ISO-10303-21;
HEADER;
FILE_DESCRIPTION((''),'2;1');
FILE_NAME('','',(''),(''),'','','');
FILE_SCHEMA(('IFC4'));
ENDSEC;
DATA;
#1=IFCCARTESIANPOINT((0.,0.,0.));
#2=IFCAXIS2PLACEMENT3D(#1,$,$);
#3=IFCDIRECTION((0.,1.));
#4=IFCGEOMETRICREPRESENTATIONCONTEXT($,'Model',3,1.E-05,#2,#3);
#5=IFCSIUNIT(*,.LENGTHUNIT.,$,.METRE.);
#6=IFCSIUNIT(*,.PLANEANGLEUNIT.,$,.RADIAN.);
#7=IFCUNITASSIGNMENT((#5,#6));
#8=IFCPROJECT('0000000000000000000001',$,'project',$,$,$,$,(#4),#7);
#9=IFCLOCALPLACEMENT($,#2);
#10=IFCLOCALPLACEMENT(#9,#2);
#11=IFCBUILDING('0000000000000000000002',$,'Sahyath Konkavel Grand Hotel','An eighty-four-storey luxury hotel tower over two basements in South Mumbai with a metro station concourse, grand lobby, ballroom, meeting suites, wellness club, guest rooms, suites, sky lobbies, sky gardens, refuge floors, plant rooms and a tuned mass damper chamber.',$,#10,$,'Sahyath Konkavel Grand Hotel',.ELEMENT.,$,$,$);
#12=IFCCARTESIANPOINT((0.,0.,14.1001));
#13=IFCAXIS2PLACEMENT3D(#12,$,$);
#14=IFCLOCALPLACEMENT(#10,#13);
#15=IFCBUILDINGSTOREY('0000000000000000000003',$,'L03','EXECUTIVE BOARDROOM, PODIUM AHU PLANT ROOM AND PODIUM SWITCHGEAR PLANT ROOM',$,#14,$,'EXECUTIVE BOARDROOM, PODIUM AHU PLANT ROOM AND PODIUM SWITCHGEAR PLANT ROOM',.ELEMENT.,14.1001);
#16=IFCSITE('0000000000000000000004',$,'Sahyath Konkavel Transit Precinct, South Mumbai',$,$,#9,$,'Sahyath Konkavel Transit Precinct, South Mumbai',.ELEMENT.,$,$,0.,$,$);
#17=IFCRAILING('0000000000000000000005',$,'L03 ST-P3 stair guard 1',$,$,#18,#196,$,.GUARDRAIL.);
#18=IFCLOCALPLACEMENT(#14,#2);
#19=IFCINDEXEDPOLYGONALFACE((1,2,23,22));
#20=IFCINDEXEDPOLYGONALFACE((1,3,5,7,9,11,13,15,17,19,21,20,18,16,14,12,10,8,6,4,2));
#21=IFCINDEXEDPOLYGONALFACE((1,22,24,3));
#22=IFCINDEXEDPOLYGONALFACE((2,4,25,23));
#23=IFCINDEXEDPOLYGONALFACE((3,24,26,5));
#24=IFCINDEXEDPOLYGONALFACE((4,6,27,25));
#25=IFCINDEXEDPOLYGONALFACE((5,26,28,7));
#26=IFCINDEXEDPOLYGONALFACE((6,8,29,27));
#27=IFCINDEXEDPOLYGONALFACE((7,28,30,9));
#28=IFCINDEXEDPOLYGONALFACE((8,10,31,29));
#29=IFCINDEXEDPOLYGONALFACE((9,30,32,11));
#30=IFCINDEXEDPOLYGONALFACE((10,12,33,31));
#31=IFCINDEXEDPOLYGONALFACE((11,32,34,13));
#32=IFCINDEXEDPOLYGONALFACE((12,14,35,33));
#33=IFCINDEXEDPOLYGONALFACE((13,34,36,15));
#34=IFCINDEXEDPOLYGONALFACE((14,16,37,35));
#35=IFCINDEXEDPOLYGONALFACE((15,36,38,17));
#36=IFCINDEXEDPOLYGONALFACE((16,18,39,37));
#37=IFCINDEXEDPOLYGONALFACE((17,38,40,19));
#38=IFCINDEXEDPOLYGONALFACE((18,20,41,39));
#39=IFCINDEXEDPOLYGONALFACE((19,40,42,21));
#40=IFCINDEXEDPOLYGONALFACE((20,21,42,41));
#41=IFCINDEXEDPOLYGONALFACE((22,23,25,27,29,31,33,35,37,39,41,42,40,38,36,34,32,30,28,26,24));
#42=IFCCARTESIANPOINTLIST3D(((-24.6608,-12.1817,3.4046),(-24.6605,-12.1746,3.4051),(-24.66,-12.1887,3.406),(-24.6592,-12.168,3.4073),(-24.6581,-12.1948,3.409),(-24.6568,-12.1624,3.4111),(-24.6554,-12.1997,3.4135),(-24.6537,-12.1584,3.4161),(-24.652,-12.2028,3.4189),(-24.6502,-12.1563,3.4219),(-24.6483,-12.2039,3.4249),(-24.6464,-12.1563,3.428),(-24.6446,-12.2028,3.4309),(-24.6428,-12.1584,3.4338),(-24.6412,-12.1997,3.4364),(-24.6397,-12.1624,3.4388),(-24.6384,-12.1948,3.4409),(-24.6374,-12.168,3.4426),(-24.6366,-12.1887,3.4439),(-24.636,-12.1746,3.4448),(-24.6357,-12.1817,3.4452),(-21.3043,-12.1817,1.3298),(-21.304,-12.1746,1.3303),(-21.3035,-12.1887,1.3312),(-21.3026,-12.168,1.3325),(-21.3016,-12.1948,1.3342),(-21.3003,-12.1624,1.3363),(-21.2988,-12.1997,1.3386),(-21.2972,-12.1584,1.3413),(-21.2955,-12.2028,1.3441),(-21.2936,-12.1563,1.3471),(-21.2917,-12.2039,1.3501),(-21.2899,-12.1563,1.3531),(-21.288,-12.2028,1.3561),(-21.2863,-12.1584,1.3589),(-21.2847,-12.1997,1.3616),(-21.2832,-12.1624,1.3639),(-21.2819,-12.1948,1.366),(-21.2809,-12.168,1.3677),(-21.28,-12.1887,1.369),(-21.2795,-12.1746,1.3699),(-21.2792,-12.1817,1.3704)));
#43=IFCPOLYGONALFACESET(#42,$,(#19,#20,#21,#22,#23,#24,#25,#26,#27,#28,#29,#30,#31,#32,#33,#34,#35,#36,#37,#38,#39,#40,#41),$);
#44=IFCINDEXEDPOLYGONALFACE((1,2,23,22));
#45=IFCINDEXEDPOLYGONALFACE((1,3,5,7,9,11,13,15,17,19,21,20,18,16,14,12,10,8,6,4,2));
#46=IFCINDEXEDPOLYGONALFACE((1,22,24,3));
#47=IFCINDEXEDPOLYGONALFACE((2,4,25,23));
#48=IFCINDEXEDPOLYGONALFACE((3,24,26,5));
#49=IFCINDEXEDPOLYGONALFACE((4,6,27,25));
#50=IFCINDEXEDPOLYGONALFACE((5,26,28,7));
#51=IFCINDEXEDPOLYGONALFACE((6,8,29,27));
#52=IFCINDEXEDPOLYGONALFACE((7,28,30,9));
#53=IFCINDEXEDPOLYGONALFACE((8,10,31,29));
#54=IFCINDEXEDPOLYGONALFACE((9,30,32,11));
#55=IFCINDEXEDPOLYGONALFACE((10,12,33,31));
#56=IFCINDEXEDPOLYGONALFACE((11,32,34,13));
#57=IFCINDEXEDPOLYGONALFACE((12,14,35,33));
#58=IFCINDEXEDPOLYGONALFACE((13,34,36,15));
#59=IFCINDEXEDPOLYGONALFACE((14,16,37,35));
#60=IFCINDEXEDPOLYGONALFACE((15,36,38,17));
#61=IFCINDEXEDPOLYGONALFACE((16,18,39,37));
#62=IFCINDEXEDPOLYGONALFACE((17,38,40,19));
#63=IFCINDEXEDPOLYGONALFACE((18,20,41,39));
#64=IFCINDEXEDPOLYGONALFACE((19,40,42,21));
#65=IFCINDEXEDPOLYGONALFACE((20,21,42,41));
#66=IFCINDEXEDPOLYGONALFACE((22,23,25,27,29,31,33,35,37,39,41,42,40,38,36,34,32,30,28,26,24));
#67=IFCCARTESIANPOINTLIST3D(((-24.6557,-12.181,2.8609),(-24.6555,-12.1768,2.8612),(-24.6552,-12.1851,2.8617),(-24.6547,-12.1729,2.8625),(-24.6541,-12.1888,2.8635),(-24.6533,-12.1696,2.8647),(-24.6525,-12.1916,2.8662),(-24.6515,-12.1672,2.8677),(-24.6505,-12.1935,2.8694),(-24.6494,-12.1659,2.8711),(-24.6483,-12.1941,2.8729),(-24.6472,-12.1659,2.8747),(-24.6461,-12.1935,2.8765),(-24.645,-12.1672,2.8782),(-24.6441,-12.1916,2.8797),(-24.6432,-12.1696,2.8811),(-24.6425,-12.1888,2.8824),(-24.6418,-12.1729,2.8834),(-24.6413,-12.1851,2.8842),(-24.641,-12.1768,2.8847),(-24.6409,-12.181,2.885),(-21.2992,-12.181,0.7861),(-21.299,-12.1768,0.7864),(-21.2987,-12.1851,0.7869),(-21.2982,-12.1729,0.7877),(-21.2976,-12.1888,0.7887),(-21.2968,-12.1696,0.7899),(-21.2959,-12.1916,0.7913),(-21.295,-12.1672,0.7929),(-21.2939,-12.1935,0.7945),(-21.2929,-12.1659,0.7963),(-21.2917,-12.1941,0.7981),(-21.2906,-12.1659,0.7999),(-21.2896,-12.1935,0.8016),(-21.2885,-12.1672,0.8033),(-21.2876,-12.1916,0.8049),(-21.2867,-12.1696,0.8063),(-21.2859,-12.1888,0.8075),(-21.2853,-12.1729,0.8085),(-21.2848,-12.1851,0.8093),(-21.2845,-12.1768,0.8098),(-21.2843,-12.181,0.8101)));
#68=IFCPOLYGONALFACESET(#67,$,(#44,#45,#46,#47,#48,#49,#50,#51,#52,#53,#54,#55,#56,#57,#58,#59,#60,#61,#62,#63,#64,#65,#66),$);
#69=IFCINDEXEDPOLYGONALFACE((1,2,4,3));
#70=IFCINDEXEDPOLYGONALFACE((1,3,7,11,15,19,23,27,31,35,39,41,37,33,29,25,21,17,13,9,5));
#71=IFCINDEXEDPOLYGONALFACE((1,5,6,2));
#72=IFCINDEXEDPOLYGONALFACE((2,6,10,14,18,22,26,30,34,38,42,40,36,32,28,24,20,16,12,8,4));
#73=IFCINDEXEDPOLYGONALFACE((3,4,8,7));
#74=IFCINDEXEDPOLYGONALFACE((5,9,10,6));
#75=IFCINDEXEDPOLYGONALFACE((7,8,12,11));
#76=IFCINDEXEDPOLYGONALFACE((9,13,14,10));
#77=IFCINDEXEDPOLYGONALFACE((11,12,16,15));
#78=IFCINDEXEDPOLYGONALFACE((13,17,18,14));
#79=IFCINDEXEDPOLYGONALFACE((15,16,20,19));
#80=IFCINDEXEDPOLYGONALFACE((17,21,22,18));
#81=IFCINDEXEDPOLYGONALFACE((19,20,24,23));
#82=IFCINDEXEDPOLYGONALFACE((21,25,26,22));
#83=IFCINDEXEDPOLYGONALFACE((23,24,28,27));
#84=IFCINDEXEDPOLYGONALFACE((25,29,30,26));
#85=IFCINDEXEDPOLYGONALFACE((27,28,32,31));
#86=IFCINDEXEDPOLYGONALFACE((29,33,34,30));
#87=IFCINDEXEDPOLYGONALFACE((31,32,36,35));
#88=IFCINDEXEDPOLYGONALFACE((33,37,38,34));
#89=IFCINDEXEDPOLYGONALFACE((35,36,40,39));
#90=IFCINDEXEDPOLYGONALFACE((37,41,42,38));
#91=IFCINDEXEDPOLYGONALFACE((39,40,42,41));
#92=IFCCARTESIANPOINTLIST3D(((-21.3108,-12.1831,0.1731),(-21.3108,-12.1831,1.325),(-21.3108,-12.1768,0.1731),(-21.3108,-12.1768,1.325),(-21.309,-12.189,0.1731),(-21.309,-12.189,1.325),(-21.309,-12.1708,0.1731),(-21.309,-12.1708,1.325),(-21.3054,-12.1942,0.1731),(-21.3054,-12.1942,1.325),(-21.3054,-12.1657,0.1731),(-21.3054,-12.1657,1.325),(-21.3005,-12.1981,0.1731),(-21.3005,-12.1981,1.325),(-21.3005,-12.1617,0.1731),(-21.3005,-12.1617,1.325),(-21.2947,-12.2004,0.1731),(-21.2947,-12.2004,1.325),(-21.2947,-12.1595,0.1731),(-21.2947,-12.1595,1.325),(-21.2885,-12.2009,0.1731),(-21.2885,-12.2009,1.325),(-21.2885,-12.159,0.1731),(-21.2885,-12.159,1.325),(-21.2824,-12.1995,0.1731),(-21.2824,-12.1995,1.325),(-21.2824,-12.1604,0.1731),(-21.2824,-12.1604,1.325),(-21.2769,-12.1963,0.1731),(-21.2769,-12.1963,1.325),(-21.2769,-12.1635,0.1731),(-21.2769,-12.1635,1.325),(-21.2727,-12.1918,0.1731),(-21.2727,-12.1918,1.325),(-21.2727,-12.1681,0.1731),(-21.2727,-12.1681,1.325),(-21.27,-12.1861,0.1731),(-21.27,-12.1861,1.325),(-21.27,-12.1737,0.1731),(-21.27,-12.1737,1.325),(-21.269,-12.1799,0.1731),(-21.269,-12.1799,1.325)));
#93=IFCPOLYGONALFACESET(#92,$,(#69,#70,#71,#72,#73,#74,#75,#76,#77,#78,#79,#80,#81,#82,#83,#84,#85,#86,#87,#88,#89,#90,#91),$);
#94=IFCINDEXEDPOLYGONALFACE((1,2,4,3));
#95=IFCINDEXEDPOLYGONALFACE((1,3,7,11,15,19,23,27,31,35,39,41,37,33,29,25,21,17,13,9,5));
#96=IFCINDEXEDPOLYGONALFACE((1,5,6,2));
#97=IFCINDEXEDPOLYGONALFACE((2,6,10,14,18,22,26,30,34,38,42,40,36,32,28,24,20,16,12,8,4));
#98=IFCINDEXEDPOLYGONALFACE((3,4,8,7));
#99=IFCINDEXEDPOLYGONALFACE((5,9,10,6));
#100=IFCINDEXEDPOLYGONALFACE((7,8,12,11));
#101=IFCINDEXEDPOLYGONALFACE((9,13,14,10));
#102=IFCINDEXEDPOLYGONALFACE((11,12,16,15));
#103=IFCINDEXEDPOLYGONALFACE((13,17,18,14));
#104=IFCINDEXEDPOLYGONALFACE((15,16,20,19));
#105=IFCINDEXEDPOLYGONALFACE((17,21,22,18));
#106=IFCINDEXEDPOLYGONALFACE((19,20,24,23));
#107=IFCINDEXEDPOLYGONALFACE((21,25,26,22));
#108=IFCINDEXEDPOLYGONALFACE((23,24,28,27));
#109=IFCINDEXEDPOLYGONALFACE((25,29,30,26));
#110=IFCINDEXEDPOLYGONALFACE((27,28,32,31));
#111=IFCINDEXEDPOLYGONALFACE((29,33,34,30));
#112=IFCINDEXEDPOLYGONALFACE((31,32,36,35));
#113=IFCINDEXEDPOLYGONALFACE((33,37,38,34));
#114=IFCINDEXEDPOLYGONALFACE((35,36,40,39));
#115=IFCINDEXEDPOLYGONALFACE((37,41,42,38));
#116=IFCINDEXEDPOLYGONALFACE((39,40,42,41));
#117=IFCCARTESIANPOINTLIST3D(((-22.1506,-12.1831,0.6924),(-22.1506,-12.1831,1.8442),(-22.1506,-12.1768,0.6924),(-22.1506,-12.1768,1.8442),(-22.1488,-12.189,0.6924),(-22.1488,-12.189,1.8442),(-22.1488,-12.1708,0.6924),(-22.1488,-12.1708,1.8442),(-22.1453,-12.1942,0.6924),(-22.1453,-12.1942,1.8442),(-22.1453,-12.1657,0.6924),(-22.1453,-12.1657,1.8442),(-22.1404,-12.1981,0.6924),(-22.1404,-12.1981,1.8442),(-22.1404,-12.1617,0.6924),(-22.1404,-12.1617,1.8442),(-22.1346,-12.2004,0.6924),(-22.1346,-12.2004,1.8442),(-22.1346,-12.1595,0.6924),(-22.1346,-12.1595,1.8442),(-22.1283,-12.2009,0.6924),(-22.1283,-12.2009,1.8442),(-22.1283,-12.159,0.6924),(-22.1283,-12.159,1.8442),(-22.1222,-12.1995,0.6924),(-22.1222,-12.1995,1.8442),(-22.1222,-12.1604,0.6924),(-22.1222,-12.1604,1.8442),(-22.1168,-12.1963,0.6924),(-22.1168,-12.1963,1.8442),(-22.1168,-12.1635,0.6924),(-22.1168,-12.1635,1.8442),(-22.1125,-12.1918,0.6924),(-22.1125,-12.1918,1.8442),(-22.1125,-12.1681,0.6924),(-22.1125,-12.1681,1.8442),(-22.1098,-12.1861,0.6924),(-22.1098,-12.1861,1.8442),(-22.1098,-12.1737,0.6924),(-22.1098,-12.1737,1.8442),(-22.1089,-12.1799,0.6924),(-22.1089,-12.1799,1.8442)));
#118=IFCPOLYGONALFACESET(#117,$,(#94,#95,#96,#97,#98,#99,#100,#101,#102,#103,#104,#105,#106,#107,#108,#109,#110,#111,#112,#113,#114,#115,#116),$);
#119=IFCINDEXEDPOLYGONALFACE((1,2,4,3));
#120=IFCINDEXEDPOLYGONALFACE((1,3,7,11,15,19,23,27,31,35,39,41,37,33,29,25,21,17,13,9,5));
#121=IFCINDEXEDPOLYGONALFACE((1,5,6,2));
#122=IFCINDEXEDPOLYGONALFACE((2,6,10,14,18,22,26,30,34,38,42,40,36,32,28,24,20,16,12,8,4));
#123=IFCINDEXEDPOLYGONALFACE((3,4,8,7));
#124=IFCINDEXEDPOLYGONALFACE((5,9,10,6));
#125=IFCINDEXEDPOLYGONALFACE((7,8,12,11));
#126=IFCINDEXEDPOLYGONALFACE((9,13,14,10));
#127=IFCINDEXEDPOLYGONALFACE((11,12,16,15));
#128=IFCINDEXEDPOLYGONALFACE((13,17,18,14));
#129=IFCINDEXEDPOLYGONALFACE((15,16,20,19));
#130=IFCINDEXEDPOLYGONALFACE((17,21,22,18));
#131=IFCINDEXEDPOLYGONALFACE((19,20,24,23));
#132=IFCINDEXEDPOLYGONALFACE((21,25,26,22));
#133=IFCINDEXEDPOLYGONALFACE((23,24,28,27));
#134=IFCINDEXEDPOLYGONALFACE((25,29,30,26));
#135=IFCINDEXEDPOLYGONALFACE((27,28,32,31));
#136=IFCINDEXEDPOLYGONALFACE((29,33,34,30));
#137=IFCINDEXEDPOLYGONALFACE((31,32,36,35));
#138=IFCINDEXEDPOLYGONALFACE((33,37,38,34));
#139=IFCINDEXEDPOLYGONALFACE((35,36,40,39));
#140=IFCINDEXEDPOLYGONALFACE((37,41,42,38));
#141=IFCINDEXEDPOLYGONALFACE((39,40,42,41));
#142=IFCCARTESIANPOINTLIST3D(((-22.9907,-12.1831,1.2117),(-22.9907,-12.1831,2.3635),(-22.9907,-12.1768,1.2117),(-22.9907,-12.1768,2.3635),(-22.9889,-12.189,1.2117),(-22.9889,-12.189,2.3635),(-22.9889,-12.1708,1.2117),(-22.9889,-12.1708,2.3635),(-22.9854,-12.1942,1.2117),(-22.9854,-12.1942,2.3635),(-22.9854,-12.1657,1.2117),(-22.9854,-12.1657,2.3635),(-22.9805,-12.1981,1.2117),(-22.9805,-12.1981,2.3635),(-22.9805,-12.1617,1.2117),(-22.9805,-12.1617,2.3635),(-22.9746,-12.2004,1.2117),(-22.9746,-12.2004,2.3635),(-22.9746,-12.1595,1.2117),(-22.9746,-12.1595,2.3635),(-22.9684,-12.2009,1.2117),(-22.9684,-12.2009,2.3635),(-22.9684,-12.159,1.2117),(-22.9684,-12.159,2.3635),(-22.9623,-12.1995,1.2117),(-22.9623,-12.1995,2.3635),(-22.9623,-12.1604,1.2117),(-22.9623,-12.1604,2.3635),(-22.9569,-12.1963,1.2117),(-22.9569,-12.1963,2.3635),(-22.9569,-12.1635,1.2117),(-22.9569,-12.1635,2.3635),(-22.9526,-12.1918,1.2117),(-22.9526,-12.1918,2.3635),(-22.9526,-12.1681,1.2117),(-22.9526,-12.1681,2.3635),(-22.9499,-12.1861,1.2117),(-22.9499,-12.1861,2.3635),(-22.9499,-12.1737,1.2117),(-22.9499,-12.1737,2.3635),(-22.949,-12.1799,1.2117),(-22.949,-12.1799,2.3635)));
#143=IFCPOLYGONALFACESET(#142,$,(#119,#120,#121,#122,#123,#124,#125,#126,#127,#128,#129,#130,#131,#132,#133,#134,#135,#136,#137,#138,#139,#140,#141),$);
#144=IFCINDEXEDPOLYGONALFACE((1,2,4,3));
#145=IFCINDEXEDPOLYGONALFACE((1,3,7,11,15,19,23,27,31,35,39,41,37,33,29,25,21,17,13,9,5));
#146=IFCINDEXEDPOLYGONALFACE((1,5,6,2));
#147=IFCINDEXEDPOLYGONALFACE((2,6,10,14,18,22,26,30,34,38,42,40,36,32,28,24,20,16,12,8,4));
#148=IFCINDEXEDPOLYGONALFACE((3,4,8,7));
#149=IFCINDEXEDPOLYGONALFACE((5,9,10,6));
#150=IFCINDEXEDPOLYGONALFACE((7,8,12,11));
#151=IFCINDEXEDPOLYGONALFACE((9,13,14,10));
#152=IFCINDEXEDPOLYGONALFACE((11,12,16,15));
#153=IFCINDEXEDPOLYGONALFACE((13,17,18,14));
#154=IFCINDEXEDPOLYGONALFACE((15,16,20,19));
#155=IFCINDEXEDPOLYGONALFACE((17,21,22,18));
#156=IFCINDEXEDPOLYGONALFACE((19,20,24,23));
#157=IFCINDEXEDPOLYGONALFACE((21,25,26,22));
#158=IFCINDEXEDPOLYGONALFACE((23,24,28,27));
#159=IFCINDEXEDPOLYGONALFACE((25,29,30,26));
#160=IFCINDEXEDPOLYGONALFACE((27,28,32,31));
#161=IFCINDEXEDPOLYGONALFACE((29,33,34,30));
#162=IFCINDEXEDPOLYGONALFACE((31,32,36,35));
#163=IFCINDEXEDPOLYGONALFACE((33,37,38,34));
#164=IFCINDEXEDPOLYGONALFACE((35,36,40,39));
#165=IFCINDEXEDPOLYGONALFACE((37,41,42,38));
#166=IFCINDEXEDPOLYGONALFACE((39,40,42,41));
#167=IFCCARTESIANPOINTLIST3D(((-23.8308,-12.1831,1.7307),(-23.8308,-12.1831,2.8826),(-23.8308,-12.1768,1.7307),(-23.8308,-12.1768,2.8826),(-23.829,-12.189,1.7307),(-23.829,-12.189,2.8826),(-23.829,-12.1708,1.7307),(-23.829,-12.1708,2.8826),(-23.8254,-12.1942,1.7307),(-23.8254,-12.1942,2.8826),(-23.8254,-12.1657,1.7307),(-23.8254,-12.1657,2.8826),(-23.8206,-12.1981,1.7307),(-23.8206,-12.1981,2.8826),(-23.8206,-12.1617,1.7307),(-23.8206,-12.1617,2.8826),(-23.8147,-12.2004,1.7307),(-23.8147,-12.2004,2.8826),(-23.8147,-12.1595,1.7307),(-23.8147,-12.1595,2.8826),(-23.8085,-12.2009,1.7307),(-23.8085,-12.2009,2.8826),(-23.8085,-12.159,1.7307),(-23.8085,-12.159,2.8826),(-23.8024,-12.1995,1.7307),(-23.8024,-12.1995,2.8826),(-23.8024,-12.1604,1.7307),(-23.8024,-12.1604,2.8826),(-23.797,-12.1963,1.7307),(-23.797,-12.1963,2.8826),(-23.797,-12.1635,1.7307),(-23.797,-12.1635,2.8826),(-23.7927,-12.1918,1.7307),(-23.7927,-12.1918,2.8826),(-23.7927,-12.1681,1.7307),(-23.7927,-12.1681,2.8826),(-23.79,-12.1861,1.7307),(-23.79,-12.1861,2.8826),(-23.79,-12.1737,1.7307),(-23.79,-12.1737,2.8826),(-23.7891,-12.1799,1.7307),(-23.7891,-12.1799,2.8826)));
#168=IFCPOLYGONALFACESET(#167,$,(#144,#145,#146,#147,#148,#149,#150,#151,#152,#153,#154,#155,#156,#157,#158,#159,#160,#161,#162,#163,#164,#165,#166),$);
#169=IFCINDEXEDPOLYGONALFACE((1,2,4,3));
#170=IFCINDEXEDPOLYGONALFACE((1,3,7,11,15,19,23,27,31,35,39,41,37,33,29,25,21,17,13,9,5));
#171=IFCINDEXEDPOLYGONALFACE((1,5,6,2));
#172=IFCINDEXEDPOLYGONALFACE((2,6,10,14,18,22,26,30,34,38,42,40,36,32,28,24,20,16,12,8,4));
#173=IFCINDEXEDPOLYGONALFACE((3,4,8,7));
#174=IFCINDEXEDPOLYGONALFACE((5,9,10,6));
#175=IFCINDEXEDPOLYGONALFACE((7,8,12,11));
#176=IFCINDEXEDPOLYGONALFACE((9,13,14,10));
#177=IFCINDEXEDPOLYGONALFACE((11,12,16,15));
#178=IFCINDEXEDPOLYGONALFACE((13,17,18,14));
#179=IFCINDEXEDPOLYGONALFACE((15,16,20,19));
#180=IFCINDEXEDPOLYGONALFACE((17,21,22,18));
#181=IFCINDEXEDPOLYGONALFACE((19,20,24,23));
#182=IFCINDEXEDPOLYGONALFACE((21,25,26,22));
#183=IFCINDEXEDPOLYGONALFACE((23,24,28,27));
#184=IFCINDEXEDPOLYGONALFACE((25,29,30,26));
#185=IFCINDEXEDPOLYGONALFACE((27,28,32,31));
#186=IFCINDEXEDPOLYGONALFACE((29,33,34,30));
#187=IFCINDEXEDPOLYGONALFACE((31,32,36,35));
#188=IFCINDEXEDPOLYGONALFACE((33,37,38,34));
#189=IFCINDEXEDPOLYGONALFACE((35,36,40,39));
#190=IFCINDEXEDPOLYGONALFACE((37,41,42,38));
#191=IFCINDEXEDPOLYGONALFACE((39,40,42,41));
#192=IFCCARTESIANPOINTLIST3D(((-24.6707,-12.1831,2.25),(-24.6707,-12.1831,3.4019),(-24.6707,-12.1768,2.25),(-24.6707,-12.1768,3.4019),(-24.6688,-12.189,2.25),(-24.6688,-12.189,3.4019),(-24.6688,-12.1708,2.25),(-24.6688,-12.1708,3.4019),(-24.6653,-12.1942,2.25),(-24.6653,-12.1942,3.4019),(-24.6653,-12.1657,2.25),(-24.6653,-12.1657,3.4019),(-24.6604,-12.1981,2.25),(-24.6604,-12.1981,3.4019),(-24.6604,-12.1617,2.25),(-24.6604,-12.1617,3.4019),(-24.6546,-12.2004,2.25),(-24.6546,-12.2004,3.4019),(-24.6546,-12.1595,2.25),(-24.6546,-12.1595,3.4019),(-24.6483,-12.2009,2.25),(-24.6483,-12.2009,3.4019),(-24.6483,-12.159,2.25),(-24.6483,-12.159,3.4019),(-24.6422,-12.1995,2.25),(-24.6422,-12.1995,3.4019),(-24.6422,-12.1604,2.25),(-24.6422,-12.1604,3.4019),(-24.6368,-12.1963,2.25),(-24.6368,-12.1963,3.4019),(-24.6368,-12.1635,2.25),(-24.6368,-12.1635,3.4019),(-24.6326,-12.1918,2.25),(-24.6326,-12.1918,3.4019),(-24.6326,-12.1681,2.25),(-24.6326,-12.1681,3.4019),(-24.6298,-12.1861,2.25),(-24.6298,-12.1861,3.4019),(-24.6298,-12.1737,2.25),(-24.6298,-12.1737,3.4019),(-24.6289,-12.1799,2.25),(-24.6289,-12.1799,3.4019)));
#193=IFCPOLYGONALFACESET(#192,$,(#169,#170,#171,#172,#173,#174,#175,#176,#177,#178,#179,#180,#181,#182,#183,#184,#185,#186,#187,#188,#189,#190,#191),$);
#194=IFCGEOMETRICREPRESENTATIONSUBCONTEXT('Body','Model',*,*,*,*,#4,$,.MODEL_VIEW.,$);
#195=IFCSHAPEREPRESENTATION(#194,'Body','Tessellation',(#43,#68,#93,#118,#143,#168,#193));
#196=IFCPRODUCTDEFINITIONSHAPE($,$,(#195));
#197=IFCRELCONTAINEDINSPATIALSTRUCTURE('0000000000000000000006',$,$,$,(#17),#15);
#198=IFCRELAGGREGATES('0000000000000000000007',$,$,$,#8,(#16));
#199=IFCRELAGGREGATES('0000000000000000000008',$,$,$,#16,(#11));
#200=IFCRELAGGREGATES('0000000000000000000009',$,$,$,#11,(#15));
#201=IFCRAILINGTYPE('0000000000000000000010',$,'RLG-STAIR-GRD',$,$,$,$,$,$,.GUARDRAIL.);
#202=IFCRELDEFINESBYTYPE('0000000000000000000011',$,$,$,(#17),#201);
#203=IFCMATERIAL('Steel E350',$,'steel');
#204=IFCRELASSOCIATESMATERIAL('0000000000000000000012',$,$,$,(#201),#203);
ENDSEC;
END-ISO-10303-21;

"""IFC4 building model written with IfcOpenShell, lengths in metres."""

from ifc_helpers import new_model, si_unit, direction, frame, origin, origin_2d, place, context, subcontext, project, spatial, circle, extrude, material, type_object, element, save


model = new_model("IFC4")

# Units and contexts
model_context = context("Model", 3, precision=1e-05, world=origin(), true_north=direction((0.0, 1.0)))
body_context = subcontext(model_context, "Body", "Model", "MODEL_VIEW")
ifc_project = project(units=[si_unit("LENGTHUNIT", "METRE"), si_unit("PLANEANGLEUNIT", "RADIAN")], contexts=[model_context])

# Site, building, storey
site_placement = place(None, origin())
site = spatial("IfcSite", under=ifc_project, at=site_placement, Name="Sahyath Konkavel Transit Precinct, South Mumbai", LongName="Sahyath Konkavel Transit Precinct, South Mumbai", CompositionType="ELEMENT", RefElevation=0.0)
building_placement = place(site_placement, origin())
building = spatial("IfcBuilding", under=site, at=building_placement, Name="Sahyath Konkavel Grand Hotel", Description="An eighty-four-storey luxury hotel tower over two basements in South Mumbai with a metro station concourse, grand lobby, ballroom, meeting suites, wellness club, guest rooms, suites, sky lobbies, sky gardens, refuge floors, plant rooms and a tuned mass damper chamber.", LongName="Sahyath Konkavel Grand Hotel", CompositionType="ELEMENT")
storey_placement = place(building_placement, frame((0.0, 0.0, 14.1001)))
storey = spatial("IfcBuildingStorey", under=building, at=storey_placement, Name="L03", Description="EXECUTIVE BOARDROOM, PODIUM AHU PLANT ROOM AND PODIUM SWITCHGEAR PLANT ROOM", LongName="EXECUTIVE BOARDROOM, PODIUM AHU PLANT ROOM AND PODIUM SWITCHGEAR PLANT ROOM", CompositionType="ELEMENT", Elevation=14.1001)

# Shared definitions
ifc_material_1 = material(Name="Steel E350", Category="steel")

# Railing
railing_type_1 = type_object("IfcRailingType", Name="RLG-STAIR-GRD", PredefinedType="GUARDRAIL", material=ifc_material_1)
railing_1_placement = place(storey_placement, frame((-21.29, -12.1799, 0.1731)))
element("IfcRailing", 1, at=railing_1_placement, inside=storey, type_object=railing_type_1, Name="L03 ST-P3 stair guard 1", PredefinedType="GUARDRAIL", context=body_context, shape_type="SweptSolid", body=[
    extrude(circle(Radius=0.0239, at=origin_2d()), frame((-0.0017, 0.0, 1.177), z_axis=(-0.850606, 0.0, 0.525803), x_axis=(0.0, -1.0, 0.0)), (0.0, 0.0, 1.0), 3.946),
    extrude(circle(Radius=0.0142, at=origin_2d()), frame((-0.0017, 0.0, 0.625), z_axis=(-0.850606, 0.0, 0.525803), x_axis=(0.0, -1.0, 0.0)), (0.0, 0.0, 1.0), 3.946),
    extrude(circle(Radius=0.021, at=origin_2d()), origin(), (0.0, 0.0, 1.0), 1.1519),
    extrude(circle(Radius=0.021, at=origin_2d()), frame((-0.8398, 0.0, 0.5193)), (0.0, 0.0, 1.0), 1.1519),
    extrude(circle(Radius=0.021, at=origin_2d()), frame((-1.6799, 0.0, 1.0386)), (0.0, 0.0, 1.0), 1.1519),
    extrude(circle(Radius=0.021, at=origin_2d()), frame((-2.52, 0.0, 1.5576)), (0.0, 0.0, 1.0), 1.1519),
    extrude(circle(Radius=0.021, at=origin_2d()), frame((-3.3599, 0.0, 2.0769)), (0.0, 0.0, 1.0), 1.1519),
])

save(model, "model.ifc")
